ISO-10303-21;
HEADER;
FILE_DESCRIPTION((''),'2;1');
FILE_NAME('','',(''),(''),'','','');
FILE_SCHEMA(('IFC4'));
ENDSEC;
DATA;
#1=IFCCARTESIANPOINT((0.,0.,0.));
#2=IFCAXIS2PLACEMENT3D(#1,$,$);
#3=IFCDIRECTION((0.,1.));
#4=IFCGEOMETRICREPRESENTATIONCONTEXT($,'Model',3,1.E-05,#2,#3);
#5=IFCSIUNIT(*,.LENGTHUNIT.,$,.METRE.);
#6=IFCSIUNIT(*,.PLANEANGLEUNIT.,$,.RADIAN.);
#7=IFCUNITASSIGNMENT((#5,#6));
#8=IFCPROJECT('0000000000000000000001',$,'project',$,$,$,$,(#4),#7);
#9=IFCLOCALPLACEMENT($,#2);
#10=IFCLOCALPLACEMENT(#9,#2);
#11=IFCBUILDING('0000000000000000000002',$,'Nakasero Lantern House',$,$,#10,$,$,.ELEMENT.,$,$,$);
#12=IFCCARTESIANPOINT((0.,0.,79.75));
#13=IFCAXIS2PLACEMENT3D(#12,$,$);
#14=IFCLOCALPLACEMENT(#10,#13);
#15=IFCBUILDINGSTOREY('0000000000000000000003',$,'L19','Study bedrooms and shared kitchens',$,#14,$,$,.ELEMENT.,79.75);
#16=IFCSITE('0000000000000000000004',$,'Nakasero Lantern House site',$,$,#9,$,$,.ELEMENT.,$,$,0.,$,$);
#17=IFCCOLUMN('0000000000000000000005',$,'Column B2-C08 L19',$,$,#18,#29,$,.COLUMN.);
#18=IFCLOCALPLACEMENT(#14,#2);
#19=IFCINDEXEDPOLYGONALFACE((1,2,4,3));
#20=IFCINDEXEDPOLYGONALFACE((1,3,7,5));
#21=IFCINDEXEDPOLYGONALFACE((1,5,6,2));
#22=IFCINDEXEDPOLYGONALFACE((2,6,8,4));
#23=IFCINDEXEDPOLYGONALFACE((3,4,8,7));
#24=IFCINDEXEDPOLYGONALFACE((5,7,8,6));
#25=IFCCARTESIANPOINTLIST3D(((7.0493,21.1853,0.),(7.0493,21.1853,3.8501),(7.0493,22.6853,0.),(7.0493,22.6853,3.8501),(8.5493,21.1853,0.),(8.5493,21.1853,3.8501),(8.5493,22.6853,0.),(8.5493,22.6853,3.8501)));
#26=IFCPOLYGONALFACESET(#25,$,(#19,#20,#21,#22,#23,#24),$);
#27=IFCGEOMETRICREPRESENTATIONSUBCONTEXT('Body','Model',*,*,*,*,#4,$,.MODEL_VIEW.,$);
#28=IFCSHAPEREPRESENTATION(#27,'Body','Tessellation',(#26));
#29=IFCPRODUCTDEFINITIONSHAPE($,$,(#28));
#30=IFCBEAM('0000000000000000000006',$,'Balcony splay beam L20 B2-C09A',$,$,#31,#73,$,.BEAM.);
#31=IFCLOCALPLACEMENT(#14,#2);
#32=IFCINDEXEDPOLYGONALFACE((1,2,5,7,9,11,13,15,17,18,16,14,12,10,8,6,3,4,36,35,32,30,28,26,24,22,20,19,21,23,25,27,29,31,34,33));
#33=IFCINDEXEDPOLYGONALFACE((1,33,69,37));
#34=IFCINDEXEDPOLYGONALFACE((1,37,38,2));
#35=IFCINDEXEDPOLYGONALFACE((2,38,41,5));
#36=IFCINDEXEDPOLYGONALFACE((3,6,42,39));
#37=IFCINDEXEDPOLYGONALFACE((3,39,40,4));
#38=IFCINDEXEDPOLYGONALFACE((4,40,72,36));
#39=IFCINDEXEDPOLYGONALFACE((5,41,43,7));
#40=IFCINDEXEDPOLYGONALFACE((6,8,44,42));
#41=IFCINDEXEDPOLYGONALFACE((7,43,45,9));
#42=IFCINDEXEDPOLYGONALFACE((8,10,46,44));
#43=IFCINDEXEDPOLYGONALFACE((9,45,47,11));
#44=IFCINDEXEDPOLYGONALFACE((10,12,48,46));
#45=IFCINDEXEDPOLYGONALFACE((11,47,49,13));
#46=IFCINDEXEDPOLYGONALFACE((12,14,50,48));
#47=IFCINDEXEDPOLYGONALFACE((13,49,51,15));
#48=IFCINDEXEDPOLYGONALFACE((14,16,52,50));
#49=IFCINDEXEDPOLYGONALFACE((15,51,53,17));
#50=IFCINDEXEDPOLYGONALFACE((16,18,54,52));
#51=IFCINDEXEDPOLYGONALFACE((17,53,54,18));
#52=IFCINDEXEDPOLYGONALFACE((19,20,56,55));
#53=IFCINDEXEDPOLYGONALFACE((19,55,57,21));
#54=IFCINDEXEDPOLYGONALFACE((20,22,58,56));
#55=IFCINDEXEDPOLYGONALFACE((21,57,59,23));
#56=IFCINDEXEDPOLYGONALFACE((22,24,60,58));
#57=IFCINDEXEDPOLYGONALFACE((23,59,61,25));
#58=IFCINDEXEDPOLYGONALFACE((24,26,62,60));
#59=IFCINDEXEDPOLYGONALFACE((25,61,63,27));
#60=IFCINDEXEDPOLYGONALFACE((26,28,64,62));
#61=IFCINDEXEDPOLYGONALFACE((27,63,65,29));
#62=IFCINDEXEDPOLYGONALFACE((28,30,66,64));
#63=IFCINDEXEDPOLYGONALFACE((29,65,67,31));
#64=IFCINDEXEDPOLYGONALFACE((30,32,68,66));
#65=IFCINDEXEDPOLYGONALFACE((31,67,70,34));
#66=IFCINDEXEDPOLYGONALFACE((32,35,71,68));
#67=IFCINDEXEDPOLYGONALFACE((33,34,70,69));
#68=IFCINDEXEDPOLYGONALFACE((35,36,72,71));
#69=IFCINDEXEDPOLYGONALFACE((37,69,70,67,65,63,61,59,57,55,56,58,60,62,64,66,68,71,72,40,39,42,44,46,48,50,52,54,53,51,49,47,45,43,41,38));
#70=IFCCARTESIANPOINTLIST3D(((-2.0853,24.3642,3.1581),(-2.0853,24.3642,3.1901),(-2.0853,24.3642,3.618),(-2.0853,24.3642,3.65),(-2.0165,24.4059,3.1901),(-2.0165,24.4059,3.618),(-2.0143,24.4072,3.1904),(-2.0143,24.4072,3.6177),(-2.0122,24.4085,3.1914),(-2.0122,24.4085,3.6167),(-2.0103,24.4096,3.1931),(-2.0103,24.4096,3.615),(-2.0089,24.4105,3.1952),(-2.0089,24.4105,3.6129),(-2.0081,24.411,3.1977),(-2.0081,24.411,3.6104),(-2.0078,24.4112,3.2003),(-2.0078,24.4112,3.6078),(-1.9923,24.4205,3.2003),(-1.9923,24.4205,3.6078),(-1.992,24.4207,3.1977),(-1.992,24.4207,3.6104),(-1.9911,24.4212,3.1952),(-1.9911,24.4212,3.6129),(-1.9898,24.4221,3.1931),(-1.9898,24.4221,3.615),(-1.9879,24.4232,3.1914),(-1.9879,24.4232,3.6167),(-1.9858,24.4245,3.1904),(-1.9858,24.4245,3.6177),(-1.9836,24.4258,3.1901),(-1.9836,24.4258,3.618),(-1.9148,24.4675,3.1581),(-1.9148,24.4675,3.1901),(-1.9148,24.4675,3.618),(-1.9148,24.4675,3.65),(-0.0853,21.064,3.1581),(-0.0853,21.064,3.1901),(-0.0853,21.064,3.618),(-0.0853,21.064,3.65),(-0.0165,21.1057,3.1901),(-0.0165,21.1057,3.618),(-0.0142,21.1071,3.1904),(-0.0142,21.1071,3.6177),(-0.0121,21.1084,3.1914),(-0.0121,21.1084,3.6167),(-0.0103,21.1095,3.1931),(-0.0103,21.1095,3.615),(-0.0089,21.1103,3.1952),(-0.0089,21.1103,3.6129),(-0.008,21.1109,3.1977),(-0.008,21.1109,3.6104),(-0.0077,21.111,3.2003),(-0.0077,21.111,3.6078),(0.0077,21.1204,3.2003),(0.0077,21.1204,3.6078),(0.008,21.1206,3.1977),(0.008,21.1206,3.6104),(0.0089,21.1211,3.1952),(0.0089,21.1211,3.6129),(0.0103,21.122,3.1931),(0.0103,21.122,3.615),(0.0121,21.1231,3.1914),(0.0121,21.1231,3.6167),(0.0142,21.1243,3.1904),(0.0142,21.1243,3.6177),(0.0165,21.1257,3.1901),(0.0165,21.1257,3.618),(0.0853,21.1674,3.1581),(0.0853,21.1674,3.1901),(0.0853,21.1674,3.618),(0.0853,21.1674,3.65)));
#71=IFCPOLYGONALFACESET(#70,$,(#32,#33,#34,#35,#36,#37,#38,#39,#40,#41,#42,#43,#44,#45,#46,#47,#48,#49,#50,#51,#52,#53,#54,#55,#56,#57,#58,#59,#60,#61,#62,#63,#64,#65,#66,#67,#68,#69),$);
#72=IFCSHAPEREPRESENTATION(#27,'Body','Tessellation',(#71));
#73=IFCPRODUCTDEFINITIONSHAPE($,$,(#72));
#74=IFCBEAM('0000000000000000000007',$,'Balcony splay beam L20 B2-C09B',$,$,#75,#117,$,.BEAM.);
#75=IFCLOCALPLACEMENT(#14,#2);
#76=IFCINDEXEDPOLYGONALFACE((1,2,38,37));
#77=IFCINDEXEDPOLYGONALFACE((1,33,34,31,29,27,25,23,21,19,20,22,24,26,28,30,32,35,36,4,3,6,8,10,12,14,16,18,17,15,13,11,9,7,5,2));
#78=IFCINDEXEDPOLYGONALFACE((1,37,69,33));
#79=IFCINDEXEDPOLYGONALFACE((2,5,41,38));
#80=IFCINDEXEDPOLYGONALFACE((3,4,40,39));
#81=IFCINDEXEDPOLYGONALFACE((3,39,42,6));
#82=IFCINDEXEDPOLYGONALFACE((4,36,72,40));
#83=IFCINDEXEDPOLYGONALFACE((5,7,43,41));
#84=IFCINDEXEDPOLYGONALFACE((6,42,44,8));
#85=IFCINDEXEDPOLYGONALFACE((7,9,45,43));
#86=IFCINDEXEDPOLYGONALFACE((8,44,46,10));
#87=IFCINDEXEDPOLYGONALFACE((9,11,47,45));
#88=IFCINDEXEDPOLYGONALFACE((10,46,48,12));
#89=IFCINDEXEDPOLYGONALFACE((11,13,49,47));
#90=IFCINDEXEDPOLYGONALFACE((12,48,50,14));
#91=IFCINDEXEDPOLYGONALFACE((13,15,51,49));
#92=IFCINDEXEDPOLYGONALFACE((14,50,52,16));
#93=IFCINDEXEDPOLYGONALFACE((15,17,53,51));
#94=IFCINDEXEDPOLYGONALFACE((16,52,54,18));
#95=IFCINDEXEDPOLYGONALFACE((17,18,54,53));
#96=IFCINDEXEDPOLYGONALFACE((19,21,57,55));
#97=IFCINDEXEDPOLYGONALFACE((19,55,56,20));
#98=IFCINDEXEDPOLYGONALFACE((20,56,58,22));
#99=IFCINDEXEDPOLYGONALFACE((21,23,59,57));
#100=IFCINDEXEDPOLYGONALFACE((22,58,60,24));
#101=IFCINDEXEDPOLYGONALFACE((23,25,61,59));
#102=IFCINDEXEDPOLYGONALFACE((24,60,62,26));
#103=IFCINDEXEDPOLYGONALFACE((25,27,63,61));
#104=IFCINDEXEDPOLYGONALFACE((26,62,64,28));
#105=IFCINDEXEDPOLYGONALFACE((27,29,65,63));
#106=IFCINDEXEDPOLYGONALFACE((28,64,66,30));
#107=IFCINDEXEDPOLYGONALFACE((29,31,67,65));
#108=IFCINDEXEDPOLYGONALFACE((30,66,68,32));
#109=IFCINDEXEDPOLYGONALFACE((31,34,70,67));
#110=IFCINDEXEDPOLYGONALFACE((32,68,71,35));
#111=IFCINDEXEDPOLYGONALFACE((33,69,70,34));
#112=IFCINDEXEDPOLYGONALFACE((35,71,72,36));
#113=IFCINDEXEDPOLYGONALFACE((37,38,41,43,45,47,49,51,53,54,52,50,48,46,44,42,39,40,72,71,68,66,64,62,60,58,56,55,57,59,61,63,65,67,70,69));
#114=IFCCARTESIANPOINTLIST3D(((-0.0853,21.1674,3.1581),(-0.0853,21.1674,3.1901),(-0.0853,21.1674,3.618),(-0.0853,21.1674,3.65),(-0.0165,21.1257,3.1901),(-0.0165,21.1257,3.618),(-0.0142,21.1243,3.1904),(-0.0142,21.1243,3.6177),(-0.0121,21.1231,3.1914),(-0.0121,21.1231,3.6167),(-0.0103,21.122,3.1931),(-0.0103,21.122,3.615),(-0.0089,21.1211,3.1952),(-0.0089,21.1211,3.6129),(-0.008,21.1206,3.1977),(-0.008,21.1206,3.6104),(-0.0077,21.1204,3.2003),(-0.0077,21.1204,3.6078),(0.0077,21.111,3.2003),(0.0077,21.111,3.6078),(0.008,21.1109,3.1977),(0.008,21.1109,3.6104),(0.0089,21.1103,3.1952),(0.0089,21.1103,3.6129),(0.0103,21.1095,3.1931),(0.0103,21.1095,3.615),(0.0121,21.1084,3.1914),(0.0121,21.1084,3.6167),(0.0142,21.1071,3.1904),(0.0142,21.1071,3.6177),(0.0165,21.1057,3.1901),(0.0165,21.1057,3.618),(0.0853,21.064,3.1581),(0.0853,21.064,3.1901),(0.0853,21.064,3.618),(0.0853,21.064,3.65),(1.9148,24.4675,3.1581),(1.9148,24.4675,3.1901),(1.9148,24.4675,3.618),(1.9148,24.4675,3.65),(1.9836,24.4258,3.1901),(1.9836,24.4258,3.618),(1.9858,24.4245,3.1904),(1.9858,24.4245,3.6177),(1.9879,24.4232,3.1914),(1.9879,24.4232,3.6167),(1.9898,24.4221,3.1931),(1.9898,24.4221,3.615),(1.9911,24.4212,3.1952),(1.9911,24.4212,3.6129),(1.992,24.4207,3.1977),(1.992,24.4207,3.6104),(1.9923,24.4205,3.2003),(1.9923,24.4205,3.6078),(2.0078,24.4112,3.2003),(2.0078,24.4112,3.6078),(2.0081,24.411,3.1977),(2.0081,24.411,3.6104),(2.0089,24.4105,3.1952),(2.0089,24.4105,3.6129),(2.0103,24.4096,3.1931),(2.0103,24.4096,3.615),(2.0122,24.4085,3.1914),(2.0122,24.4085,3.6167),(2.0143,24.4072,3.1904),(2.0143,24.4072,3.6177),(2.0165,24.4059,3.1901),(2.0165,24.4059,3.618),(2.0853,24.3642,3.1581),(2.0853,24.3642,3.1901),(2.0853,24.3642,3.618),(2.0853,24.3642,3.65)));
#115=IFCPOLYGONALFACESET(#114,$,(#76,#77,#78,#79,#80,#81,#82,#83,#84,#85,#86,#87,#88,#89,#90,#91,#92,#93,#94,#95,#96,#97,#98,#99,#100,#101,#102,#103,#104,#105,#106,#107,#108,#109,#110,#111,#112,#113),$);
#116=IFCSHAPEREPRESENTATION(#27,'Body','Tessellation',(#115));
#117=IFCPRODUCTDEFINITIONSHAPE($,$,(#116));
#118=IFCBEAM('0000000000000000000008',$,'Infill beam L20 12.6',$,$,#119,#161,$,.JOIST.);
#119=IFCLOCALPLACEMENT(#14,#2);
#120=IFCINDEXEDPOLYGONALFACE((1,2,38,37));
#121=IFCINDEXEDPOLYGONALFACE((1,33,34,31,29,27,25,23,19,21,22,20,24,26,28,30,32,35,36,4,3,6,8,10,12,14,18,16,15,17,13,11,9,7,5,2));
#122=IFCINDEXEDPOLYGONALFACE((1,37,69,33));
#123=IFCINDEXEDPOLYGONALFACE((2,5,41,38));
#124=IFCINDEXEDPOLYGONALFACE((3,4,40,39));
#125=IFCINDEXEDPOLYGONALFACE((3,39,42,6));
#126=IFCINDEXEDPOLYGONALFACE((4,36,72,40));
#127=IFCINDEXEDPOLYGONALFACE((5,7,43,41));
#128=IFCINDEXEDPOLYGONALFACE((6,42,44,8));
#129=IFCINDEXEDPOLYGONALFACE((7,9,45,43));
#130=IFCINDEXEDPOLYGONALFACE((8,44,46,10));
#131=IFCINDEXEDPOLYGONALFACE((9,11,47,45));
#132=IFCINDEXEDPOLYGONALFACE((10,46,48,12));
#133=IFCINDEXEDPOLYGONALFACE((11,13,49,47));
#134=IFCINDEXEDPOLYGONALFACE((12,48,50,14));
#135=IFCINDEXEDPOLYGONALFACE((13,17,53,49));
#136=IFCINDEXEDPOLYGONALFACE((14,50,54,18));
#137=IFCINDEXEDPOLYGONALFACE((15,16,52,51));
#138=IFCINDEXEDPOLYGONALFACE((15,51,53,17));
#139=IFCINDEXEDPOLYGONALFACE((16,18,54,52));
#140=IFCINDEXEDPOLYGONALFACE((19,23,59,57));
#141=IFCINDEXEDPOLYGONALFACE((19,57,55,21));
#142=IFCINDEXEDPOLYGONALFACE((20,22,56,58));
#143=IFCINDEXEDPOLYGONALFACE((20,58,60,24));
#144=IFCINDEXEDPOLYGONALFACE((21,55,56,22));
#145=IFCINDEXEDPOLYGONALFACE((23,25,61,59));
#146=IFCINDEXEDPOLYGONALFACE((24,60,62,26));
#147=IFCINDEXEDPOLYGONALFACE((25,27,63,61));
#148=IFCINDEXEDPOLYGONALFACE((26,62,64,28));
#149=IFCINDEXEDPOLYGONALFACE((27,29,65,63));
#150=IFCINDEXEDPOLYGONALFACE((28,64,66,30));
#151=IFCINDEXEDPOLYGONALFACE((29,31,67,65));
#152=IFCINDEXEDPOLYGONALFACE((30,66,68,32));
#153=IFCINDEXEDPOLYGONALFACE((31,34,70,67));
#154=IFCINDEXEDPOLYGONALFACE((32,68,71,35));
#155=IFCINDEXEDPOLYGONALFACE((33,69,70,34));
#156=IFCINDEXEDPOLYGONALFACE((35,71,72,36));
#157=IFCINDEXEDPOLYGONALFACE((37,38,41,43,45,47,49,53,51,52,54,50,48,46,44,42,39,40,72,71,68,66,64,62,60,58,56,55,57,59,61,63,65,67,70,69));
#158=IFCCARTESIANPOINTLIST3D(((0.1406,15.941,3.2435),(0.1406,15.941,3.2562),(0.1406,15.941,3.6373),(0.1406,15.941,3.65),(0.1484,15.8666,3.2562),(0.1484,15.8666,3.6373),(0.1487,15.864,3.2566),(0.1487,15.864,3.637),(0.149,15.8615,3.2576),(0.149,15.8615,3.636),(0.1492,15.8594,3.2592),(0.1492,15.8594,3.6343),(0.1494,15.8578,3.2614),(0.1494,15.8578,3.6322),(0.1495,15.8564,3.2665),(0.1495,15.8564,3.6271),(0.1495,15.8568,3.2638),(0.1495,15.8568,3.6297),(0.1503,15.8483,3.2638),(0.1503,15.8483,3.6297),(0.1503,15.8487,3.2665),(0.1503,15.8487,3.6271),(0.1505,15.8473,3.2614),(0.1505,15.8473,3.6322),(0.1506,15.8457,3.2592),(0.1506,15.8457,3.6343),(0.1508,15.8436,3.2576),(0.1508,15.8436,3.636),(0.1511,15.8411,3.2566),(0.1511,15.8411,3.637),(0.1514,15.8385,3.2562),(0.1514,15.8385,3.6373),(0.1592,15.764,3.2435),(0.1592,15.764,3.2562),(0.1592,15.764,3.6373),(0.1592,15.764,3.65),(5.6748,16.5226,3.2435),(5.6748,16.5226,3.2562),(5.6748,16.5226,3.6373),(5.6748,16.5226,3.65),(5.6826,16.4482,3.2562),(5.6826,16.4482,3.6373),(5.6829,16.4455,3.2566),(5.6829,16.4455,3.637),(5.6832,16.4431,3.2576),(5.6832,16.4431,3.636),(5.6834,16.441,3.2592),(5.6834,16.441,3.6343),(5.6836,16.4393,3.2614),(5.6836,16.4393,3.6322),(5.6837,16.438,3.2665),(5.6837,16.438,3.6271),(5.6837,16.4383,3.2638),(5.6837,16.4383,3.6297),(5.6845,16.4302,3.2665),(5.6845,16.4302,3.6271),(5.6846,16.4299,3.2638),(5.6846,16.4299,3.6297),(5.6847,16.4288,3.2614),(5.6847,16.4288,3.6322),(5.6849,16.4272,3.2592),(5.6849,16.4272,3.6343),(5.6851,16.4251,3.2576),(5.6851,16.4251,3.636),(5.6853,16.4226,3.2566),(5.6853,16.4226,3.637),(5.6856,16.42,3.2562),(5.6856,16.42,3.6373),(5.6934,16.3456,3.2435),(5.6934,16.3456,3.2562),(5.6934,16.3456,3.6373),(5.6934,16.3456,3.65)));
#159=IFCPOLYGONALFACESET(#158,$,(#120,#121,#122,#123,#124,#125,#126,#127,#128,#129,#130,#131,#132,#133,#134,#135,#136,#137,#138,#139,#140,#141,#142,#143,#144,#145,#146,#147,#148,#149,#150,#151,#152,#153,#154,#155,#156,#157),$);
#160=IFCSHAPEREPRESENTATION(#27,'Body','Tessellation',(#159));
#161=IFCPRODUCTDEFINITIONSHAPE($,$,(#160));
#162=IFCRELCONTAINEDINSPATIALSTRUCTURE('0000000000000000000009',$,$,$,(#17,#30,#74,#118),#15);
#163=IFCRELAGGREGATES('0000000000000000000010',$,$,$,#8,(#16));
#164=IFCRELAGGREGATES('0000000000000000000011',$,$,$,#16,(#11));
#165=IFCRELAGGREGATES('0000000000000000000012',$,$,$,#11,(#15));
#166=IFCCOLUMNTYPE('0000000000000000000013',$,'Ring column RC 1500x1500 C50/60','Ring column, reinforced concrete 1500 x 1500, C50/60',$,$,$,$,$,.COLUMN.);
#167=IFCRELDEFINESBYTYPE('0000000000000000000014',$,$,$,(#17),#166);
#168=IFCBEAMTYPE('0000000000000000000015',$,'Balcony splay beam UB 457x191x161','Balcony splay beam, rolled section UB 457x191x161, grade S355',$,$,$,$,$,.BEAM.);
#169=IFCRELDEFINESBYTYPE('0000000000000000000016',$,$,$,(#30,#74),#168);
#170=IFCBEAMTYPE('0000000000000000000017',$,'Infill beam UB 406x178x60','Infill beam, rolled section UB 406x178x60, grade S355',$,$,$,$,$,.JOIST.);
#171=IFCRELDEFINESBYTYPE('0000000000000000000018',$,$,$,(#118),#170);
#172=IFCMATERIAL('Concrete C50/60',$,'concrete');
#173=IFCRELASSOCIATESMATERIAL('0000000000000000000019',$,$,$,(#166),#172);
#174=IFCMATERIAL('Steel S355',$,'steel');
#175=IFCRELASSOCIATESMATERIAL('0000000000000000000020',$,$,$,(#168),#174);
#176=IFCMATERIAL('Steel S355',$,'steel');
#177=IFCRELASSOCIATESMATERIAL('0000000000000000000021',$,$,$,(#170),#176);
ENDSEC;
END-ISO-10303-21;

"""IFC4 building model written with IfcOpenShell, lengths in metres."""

from ifc_helpers import new_model, si_unit, direction, frame, origin, origin_2d, place, context, subcontext, project, spatial, rectangle, i_section, extrude, material, material_profile, profile_set, type_object, element, save


model = new_model("IFC4")

# Units and contexts
model_context = context("Model", 3, precision=1e-05, world=origin(), true_north=direction((0.0, 1.0)))
body_context = subcontext(model_context, "Body", "Model", "MODEL_VIEW")
ifc_project = project(units=[si_unit("LENGTHUNIT", "METRE"), si_unit("PLANEANGLEUNIT", "RADIAN")], contexts=[model_context])

# Site, building, storey
site_placement = place(None, origin())
site = spatial("IfcSite", under=ifc_project, at=site_placement, Name="Nakasero Lantern House site", CompositionType="ELEMENT", RefElevation=0.0)
building_placement = place(site_placement, origin())
building = spatial("IfcBuilding", under=site, at=building_placement, Name="Nakasero Lantern House", CompositionType="ELEMENT")
storey_placement = place(building_placement, frame((0.0, 0.0, 79.75)))
storey = spatial("IfcBuildingStorey", under=building, at=storey_placement, Name="L19", Description="Study bedrooms and shared kitchens", CompositionType="ELEMENT", Elevation=79.75)

# Column
ifc_material_1 = material(Name="Concrete C50/60", Category="concrete")
ifc_material_profile_1 = material_profile(ifc_material_1, rectangle(XDim=1.5, YDim=1.5, at=origin_2d()), Name="RC 1500x1500")
ifc_profile_set_1 = profile_set([ifc_material_profile_1], Name="Concrete C50/60")
column_type = type_object("IfcColumnType", Name="Ring column RC 1500x1500 C50/60", Description="Ring column, reinforced concrete 1500 x 1500, C50/60", PredefinedType="COLUMN", material=ifc_profile_set_1)
column_placement = place(storey_placement, frame((7.7993, 21.9353, 0.0), z_axis=(0.0, 0.0, 1.0), x_axis=(1.0, 0.0, 0.0)))
element("IfcColumn", 1, at=column_placement, inside=storey, type_object=column_type, Name="Column B2-C08 L19", PredefinedType="COLUMN", context=body_context, shape_type="SweptSolid", body=[
    extrude(rectangle(XDim=1.5, YDim=1.5, at=origin_2d()), origin(), (0.0, 0.0, 1.0), 3.8501),
])

# Beams
ifc_material_2 = material(Name="Steel S355", Category="steel")
ifc_material_profile_2 = material_profile(ifc_material_2, i_section(OverallWidth=0.1995, OverallDepth=0.4919, WebThickness=0.0181, FlangeThickness=0.032, FilletRadius=0.0103, at=origin_2d()), Name="UB 457x191x161")
ifc_profile_set_2 = profile_set([ifc_material_profile_2], Name="Steel S355")
beam_type_1 = type_object("IfcBeamType", Name="Balcony splay beam UB 457x191x161", Description="Balcony splay beam, rolled section UB 457x191x161, grade S355", PredefinedType="BEAM", material=ifc_profile_set_2)
for number, where, z_axis, x_axis, name in (
    (2, (0.0, 21.1157, 3.4041), (-0.518296, 0.855201, 0.0), (-0.855201, -0.518296, 0.0), "Balcony splay beam L20 B2-C09A"),
    (3, (0.0, 21.1157, 3.4041), (0.518296, 0.855201, 0.0), (-0.855201, 0.518296, 0.0), "Balcony splay beam L20 B2-C09B"),
):
    element("IfcBeam", number, at=place(storey_placement, frame(where, z_axis=z_axis, x_axis=x_axis)), inside=storey, type_object=beam_type_1, Name=name, PredefinedType="BEAM", context=body_context, shape_type="SweptSolid", body=[
        extrude(i_section(OverallWidth=0.1995, OverallDepth=0.4919, WebThickness=0.0181, FlangeThickness=0.032, FilletRadius=0.0103, at=origin_2d()), origin(), (0.0, 0.0, 1.0), 3.8589),
    ])
ifc_material_3 = material(Name="Steel S355", Category="steel")
ifc_material_profile_3 = material_profile(ifc_material_3, i_section(OverallWidth=0.178, OverallDepth=0.4065, WebThickness=0.0078, FlangeThickness=0.0127, FilletRadius=0.0103, at=origin_2d()), Name="UB 406x178x60")
ifc_profile_set_3 = profile_set([ifc_material_profile_3], Name="Steel S355")
beam_type_2 = type_object("IfcBeamType", Name="Infill beam UB 406x178x60", Description="Infill beam, rolled section UB 406x178x60, grade S355", PredefinedType="JOIST", material=ifc_profile_set_3)
beam_1_placement = place(storey_placement, frame((0.1499, 15.8525, 3.4468), z_axis=(0.994524, 0.104507, 0.0), x_axis=(-0.104507, 0.994524, 0.0)))
element("IfcBeam", 4, at=beam_1_placement, inside=storey, type_object=beam_type_2, Name="Infill beam L20 12.6", PredefinedType="JOIST", context=body_context, shape_type="SweptSolid", body=[
    extrude(i_section(OverallWidth=0.178, OverallDepth=0.4065, WebThickness=0.0078, FlangeThickness=0.0127, FilletRadius=0.0103, at=origin_2d()), origin(), (0.0, 0.0, 1.0), 5.5647),
])

save(model, "model.ifc")
